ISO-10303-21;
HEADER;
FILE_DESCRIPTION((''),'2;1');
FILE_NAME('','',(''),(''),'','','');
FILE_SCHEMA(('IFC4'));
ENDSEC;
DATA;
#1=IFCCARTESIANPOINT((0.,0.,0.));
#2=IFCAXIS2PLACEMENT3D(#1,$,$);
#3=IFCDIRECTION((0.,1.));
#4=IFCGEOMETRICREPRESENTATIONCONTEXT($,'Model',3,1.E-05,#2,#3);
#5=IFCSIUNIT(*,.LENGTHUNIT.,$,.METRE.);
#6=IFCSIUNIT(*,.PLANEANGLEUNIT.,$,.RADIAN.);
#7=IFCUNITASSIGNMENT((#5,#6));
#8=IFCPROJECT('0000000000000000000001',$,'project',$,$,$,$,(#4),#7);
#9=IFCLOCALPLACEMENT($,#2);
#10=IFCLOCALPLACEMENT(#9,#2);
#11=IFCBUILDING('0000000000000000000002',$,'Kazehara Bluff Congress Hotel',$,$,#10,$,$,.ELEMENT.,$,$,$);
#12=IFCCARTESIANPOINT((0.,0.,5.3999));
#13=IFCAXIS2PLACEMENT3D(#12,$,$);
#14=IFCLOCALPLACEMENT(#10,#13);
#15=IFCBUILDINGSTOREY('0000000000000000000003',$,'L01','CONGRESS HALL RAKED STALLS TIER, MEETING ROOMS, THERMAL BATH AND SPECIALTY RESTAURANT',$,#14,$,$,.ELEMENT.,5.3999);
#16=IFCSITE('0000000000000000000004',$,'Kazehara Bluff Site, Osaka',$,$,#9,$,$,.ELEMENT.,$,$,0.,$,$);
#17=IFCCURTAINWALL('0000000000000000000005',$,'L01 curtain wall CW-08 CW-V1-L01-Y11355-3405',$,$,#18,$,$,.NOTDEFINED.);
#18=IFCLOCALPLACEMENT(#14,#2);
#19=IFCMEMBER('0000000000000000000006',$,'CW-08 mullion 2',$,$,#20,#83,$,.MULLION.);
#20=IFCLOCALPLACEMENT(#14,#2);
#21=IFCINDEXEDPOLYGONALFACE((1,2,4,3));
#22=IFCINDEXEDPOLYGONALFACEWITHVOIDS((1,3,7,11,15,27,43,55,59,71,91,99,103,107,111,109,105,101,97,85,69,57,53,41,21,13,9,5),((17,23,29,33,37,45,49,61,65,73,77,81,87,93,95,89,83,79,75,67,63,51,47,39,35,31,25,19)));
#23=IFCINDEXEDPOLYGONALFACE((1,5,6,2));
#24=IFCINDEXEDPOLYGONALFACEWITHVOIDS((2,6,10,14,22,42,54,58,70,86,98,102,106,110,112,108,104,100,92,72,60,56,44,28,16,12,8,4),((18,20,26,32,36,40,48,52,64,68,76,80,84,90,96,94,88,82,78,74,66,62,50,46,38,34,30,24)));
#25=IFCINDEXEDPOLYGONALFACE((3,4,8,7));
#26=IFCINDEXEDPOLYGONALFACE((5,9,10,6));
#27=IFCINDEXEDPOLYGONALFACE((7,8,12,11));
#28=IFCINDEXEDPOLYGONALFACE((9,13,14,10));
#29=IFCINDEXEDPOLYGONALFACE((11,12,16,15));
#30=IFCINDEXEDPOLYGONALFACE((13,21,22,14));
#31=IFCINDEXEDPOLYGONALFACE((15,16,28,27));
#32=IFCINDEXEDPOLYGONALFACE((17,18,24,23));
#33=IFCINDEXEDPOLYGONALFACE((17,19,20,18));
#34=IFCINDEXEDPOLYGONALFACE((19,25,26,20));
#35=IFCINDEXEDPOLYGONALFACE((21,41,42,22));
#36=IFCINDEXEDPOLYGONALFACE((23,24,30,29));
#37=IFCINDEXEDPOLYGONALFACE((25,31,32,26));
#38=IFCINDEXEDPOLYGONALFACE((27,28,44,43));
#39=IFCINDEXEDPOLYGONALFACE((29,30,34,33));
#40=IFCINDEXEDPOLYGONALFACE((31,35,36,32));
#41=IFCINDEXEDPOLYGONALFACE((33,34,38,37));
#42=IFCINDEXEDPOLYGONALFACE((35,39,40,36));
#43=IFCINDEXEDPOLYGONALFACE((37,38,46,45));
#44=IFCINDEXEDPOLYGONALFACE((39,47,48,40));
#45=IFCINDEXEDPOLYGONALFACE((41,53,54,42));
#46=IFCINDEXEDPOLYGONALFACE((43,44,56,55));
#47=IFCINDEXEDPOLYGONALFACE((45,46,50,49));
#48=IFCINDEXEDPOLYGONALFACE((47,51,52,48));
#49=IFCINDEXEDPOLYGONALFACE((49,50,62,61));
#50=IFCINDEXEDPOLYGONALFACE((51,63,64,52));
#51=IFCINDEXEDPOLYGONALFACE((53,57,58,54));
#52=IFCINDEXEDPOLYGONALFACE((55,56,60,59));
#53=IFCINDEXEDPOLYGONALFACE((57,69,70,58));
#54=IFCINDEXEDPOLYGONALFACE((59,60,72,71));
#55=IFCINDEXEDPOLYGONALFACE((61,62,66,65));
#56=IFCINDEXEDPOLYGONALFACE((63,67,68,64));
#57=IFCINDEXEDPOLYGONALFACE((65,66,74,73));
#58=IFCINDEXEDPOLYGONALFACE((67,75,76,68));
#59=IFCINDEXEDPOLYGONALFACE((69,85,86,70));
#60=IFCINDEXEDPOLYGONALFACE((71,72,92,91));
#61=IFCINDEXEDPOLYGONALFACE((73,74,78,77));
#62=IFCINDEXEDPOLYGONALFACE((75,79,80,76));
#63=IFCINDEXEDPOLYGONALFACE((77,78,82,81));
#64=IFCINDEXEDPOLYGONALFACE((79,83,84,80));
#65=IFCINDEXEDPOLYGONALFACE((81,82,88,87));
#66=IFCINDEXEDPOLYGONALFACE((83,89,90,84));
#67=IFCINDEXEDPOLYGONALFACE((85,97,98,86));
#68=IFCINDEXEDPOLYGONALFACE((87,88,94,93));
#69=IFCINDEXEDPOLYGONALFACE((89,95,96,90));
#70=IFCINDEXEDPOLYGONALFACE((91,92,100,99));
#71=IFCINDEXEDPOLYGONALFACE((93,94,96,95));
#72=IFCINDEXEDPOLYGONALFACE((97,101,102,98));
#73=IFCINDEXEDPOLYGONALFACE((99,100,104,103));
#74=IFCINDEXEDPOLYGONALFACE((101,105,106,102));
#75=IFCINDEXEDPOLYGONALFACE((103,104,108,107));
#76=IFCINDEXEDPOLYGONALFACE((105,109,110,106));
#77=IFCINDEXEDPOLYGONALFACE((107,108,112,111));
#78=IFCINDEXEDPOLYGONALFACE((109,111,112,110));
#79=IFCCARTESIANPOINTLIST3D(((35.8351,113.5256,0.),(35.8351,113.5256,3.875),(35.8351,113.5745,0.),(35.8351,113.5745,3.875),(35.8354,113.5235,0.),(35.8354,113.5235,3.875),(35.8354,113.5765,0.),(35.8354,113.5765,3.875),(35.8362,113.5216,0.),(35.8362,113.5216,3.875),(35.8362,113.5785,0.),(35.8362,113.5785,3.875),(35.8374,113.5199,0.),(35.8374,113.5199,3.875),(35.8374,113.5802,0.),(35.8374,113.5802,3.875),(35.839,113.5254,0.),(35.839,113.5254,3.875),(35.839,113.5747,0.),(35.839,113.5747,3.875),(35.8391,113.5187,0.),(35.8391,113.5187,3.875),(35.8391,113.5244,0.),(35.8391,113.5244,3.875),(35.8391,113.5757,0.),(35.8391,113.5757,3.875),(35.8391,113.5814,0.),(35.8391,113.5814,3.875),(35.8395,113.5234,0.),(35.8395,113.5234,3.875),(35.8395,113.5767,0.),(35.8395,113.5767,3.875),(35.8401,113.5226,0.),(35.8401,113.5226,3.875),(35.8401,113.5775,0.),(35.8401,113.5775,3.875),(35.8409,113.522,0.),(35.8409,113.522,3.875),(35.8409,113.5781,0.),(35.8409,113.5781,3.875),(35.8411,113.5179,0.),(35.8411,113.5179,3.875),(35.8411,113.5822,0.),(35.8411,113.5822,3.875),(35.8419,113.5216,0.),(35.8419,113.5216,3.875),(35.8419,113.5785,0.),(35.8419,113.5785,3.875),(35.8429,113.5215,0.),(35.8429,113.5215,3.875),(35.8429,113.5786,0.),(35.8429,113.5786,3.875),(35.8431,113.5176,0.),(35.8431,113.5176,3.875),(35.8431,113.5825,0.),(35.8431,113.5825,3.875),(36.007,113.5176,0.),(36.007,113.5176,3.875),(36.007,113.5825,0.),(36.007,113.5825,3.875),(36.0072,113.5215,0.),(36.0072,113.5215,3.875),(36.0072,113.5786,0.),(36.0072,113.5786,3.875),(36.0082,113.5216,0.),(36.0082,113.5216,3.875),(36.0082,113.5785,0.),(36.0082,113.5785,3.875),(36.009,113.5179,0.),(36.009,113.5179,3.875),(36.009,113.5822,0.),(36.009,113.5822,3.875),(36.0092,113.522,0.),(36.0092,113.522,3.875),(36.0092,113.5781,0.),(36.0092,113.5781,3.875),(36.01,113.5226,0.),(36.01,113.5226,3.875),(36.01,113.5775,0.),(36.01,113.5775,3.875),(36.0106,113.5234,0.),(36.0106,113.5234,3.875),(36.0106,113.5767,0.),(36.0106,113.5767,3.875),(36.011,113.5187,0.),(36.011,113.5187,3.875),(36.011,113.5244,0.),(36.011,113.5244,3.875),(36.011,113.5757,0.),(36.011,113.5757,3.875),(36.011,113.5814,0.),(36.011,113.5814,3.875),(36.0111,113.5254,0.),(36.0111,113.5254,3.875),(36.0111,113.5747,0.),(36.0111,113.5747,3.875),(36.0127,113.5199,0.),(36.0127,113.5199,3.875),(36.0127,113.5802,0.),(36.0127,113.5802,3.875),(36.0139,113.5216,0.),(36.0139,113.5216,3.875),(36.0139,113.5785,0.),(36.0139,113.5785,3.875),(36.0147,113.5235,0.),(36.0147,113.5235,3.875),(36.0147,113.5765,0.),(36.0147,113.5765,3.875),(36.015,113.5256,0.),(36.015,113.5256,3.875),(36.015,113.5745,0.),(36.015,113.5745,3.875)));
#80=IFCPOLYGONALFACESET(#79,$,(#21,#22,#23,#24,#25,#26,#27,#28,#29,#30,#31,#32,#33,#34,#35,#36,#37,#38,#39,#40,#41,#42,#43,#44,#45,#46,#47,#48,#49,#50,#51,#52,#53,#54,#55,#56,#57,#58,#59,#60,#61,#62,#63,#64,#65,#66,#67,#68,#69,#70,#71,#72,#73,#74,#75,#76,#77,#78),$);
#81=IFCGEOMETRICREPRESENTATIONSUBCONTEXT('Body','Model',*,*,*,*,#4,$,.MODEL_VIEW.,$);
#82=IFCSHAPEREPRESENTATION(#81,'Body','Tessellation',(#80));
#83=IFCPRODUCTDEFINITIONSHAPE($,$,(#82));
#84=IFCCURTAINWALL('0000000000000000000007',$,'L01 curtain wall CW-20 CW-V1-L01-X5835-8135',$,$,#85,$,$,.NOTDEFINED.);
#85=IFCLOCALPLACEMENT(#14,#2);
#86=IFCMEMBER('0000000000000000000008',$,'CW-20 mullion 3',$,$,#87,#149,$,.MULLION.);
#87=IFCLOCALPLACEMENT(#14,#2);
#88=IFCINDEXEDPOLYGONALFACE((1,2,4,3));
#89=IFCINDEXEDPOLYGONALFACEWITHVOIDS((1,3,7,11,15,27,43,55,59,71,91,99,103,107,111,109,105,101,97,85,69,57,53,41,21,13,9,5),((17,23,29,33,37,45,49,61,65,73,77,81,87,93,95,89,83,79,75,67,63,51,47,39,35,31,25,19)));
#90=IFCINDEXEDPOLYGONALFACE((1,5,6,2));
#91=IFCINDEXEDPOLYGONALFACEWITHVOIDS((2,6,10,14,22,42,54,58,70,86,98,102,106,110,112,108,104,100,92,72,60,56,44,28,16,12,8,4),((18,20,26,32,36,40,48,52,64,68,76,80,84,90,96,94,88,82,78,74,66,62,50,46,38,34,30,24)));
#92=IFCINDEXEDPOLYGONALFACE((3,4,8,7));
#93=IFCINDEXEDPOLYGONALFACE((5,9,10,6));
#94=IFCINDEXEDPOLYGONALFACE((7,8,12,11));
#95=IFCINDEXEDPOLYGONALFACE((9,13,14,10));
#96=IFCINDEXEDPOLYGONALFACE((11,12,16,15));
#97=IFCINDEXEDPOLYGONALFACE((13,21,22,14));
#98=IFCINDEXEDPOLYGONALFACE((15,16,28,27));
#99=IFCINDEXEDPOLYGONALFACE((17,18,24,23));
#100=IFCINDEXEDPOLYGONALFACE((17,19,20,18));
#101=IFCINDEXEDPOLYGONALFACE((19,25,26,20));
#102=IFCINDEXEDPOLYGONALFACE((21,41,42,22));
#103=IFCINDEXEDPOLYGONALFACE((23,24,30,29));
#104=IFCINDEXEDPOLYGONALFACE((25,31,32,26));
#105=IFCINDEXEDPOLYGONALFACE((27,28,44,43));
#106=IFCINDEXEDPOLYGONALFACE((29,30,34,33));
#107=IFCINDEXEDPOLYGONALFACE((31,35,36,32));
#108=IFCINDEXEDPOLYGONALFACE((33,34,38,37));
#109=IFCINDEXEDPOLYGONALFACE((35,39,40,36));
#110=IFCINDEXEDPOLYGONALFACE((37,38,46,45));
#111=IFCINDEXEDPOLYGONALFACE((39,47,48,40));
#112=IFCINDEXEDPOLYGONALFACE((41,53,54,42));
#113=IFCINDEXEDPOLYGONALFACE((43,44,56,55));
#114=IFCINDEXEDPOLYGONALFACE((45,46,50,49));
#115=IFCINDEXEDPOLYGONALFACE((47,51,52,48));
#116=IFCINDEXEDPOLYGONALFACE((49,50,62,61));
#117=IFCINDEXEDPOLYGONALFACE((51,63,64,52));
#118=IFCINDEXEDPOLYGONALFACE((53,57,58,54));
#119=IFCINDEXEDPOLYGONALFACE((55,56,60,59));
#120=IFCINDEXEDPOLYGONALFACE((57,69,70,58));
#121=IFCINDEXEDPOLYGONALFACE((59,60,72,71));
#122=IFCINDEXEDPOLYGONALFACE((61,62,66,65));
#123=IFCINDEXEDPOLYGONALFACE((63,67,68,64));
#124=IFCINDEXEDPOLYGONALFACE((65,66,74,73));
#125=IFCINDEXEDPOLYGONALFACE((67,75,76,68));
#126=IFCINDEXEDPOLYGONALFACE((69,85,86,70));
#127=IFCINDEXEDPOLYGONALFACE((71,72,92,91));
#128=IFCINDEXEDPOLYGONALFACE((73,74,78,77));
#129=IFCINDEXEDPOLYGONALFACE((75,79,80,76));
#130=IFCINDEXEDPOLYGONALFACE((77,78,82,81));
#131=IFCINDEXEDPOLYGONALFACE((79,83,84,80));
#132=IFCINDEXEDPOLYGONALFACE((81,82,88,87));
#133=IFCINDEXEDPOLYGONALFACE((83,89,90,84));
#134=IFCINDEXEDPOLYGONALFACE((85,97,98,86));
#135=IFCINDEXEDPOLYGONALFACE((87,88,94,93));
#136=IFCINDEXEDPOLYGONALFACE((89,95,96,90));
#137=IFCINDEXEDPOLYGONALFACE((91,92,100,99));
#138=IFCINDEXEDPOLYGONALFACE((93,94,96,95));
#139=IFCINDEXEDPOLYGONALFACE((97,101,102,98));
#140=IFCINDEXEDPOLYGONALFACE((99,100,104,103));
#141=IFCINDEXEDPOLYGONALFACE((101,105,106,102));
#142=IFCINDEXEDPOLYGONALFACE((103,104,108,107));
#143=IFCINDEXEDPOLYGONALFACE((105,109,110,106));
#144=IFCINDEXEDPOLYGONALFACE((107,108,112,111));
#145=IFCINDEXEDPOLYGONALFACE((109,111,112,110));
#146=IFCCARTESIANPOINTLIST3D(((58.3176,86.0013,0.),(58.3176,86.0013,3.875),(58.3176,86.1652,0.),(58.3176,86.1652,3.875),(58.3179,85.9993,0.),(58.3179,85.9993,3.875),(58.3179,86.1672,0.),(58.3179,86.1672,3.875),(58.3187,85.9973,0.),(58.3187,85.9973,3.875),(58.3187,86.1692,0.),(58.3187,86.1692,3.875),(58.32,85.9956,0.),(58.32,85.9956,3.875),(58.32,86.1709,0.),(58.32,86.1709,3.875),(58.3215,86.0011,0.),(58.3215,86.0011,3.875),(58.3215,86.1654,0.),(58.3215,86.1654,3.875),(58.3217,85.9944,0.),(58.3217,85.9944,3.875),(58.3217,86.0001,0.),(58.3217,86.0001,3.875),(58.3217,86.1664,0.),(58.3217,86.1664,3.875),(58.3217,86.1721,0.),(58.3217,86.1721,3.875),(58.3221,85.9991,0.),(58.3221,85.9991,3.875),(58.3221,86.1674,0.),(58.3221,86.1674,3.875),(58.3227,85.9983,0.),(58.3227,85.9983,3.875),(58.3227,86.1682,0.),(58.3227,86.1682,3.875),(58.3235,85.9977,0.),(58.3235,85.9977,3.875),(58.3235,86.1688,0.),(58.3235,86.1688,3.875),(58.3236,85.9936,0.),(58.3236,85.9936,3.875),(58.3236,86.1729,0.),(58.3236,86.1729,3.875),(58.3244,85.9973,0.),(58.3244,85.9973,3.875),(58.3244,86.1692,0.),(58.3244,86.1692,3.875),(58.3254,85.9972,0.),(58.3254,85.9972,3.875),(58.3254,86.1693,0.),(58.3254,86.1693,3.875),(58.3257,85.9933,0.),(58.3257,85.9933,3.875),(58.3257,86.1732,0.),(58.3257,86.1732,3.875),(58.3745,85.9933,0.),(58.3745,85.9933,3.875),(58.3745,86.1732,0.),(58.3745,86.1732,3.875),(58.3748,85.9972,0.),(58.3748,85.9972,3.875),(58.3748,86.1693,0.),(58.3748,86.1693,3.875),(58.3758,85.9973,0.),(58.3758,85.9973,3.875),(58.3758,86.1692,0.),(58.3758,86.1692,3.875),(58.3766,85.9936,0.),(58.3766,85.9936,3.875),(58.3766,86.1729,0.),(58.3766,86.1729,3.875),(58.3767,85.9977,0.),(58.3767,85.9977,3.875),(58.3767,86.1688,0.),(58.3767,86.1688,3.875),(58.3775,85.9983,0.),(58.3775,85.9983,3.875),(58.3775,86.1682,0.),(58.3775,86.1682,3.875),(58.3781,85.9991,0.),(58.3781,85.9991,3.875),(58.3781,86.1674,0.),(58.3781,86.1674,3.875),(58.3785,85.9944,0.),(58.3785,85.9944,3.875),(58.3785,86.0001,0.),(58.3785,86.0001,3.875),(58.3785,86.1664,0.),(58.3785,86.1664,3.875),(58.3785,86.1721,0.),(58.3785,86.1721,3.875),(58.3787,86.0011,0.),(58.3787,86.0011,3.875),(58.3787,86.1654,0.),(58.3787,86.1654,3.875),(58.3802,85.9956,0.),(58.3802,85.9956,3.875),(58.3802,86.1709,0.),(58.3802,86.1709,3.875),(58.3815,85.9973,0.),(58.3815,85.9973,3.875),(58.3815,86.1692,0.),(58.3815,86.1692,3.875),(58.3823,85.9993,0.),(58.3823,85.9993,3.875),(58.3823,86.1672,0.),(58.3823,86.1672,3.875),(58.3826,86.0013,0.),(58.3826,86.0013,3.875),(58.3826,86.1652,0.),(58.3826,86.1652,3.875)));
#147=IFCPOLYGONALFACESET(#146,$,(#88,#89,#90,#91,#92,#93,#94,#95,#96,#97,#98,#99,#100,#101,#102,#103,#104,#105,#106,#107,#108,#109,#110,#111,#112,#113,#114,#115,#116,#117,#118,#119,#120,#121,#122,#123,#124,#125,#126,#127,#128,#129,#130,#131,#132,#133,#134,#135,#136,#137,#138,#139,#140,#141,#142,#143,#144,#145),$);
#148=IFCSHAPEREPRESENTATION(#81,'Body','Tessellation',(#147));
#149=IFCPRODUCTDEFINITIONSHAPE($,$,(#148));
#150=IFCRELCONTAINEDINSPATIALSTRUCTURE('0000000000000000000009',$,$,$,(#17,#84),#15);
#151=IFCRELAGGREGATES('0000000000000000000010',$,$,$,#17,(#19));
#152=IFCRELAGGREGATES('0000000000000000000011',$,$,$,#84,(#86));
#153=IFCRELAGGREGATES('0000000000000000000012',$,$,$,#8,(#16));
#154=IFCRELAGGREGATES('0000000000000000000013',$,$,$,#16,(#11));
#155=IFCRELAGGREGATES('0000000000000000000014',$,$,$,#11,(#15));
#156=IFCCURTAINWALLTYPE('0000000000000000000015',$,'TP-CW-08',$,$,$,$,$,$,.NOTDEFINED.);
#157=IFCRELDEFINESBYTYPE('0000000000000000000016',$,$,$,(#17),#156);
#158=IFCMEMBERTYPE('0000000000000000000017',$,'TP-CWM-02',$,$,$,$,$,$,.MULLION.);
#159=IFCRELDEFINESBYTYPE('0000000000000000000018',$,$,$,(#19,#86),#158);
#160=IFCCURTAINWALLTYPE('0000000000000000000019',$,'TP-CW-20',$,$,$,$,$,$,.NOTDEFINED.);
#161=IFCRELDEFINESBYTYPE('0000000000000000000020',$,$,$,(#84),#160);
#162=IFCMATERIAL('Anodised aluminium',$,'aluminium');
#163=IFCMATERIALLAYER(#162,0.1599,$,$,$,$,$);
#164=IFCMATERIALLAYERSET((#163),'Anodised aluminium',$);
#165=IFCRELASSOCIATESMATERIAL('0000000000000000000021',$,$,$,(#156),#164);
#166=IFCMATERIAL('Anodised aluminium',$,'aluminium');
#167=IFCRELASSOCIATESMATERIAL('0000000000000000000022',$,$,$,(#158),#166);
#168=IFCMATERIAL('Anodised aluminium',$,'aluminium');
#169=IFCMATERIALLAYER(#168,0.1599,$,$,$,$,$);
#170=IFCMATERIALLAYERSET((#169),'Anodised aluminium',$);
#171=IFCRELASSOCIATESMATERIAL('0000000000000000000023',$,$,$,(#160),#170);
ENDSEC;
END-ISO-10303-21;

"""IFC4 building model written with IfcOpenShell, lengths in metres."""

from ifc_helpers import new_model, si_unit, direction, frame, origin, origin_2d, place, context, subcontext, project, spatial, hollow_rectangle, extrude, material, layer, layer_set, material_profile, profile_set, type_object, element, aggregate, save


model = new_model("IFC4")

# Units and contexts
model_context = context("Model", 3, precision=1e-05, world=origin(), true_north=direction((0.0, 1.0)))
body_context = subcontext(model_context, "Body", "Model", "MODEL_VIEW")
ifc_project = project(units=[si_unit("LENGTHUNIT", "METRE"), si_unit("PLANEANGLEUNIT", "RADIAN")], contexts=[model_context])

# Site, building, storey
site_placement = place(None, origin())
site = spatial("IfcSite", under=ifc_project, at=site_placement, Name="Kazehara Bluff Site, Osaka", CompositionType="ELEMENT", RefElevation=0.0)
building_placement = place(site_placement, origin())
building = spatial("IfcBuilding", under=site, at=building_placement, Name="Kazehara Bluff Congress Hotel", CompositionType="ELEMENT")
storey_placement = place(building_placement, frame((0.0, 0.0, 5.3999)))
storey = spatial("IfcBuildingStorey", under=building, at=storey_placement, Name="L01", Description="CONGRESS HALL RAKED STALLS TIER, MEETING ROOMS, THERMAL BATH AND SPECIALTY RESTAURANT", CompositionType="ELEMENT", Elevation=5.3999)

# Curtain walls, members
ifc_material_1 = material(Name="Anodised aluminium", Category="aluminium")
ifc_layer_1 = layer(ifc_material_1, 0.1599)
ifc_layer_set_1 = layer_set([ifc_layer_1], Name="Anodised aluminium")
curtain_wall_type_1 = type_object("IfcCurtainWallType", Name="TP-CW-08", PredefinedType="NOTDEFINED", material=ifc_layer_set_1)
curtain_wall_1_placement = place(storey_placement, origin())
curtain_wall_1 = element("IfcCurtainWall", 1, at=curtain_wall_1_placement, inside=storey, type_object=curtain_wall_type_1, Name="L01 curtain wall CW-08 CW-V1-L01-Y11355-3405", PredefinedType="NOTDEFINED")
ifc_material_2 = material(Name="Anodised aluminium", Category="aluminium")
ifc_material_profile_1 = material_profile(ifc_material_2, hollow_rectangle(XDim=0.0649, YDim=0.1799, WallThickness=0.0039, InnerFilletRadius=0.0039, OuterFilletRadius=0.0081, at=origin_2d()))
ifc_profile_set_1 = profile_set([ifc_material_profile_1], Name="Anodised aluminium")
member_type_1 = type_object("IfcMemberType", Name="TP-CWM-02", PredefinedType="MULLION", material=ifc_profile_set_1)
member_1_placement = place(storey_placement, frame((35.925, 113.55, 0.0), z_axis=(0.0, 0.0, 1.0), x_axis=(0.0, 1.0, 0.0)))
member_1 = element("IfcMember", 2, at=member_1_placement, type_object=member_type_1, Name="CW-08 mullion 2", PredefinedType="MULLION", context=body_context, shape_type="SweptSolid", body=[
    extrude(hollow_rectangle(XDim=0.0649, YDim=0.1799, WallThickness=0.0039, InnerFilletRadius=0.0039, OuterFilletRadius=0.0081, at=origin_2d()), origin(), (0.0, 0.0, 1.0), 3.875),
])
ifc_material_3 = material(Name="Anodised aluminium", Category="aluminium")
ifc_layer_2 = layer(ifc_material_3, 0.1599)
ifc_layer_set_2 = layer_set([ifc_layer_2], Name="Anodised aluminium")
curtain_wall_type_2 = type_object("IfcCurtainWallType", Name="TP-CW-20", PredefinedType="NOTDEFINED", material=ifc_layer_set_2)
curtain_wall_2_placement = place(storey_placement, origin())
curtain_wall_2 = element("IfcCurtainWall", 3, at=curtain_wall_2_placement, inside=storey, type_object=curtain_wall_type_2, Name="L01 curtain wall CW-20 CW-V1-L01-X5835-8135", PredefinedType="NOTDEFINED")
member_2_placement = place(storey_placement, frame((58.3501, 86.0833, 0.0), z_axis=(0.0, 0.0, 1.0), x_axis=(-1.0, 0.0, 0.0)))
member_2 = element("IfcMember", 4, at=member_2_placement, type_object=member_type_1, Name="CW-20 mullion 3", PredefinedType="MULLION", context=body_context, shape_type="SweptSolid", body=[
    extrude(hollow_rectangle(XDim=0.0649, YDim=0.1799, WallThickness=0.0039, InnerFilletRadius=0.0039, OuterFilletRadius=0.0081, at=origin_2d()), origin(), (0.0, 0.0, 1.0), 3.875),
])

aggregate(curtain_wall_1, [member_1])
aggregate(curtain_wall_2, [member_2])

save(model, "model.ifc")
